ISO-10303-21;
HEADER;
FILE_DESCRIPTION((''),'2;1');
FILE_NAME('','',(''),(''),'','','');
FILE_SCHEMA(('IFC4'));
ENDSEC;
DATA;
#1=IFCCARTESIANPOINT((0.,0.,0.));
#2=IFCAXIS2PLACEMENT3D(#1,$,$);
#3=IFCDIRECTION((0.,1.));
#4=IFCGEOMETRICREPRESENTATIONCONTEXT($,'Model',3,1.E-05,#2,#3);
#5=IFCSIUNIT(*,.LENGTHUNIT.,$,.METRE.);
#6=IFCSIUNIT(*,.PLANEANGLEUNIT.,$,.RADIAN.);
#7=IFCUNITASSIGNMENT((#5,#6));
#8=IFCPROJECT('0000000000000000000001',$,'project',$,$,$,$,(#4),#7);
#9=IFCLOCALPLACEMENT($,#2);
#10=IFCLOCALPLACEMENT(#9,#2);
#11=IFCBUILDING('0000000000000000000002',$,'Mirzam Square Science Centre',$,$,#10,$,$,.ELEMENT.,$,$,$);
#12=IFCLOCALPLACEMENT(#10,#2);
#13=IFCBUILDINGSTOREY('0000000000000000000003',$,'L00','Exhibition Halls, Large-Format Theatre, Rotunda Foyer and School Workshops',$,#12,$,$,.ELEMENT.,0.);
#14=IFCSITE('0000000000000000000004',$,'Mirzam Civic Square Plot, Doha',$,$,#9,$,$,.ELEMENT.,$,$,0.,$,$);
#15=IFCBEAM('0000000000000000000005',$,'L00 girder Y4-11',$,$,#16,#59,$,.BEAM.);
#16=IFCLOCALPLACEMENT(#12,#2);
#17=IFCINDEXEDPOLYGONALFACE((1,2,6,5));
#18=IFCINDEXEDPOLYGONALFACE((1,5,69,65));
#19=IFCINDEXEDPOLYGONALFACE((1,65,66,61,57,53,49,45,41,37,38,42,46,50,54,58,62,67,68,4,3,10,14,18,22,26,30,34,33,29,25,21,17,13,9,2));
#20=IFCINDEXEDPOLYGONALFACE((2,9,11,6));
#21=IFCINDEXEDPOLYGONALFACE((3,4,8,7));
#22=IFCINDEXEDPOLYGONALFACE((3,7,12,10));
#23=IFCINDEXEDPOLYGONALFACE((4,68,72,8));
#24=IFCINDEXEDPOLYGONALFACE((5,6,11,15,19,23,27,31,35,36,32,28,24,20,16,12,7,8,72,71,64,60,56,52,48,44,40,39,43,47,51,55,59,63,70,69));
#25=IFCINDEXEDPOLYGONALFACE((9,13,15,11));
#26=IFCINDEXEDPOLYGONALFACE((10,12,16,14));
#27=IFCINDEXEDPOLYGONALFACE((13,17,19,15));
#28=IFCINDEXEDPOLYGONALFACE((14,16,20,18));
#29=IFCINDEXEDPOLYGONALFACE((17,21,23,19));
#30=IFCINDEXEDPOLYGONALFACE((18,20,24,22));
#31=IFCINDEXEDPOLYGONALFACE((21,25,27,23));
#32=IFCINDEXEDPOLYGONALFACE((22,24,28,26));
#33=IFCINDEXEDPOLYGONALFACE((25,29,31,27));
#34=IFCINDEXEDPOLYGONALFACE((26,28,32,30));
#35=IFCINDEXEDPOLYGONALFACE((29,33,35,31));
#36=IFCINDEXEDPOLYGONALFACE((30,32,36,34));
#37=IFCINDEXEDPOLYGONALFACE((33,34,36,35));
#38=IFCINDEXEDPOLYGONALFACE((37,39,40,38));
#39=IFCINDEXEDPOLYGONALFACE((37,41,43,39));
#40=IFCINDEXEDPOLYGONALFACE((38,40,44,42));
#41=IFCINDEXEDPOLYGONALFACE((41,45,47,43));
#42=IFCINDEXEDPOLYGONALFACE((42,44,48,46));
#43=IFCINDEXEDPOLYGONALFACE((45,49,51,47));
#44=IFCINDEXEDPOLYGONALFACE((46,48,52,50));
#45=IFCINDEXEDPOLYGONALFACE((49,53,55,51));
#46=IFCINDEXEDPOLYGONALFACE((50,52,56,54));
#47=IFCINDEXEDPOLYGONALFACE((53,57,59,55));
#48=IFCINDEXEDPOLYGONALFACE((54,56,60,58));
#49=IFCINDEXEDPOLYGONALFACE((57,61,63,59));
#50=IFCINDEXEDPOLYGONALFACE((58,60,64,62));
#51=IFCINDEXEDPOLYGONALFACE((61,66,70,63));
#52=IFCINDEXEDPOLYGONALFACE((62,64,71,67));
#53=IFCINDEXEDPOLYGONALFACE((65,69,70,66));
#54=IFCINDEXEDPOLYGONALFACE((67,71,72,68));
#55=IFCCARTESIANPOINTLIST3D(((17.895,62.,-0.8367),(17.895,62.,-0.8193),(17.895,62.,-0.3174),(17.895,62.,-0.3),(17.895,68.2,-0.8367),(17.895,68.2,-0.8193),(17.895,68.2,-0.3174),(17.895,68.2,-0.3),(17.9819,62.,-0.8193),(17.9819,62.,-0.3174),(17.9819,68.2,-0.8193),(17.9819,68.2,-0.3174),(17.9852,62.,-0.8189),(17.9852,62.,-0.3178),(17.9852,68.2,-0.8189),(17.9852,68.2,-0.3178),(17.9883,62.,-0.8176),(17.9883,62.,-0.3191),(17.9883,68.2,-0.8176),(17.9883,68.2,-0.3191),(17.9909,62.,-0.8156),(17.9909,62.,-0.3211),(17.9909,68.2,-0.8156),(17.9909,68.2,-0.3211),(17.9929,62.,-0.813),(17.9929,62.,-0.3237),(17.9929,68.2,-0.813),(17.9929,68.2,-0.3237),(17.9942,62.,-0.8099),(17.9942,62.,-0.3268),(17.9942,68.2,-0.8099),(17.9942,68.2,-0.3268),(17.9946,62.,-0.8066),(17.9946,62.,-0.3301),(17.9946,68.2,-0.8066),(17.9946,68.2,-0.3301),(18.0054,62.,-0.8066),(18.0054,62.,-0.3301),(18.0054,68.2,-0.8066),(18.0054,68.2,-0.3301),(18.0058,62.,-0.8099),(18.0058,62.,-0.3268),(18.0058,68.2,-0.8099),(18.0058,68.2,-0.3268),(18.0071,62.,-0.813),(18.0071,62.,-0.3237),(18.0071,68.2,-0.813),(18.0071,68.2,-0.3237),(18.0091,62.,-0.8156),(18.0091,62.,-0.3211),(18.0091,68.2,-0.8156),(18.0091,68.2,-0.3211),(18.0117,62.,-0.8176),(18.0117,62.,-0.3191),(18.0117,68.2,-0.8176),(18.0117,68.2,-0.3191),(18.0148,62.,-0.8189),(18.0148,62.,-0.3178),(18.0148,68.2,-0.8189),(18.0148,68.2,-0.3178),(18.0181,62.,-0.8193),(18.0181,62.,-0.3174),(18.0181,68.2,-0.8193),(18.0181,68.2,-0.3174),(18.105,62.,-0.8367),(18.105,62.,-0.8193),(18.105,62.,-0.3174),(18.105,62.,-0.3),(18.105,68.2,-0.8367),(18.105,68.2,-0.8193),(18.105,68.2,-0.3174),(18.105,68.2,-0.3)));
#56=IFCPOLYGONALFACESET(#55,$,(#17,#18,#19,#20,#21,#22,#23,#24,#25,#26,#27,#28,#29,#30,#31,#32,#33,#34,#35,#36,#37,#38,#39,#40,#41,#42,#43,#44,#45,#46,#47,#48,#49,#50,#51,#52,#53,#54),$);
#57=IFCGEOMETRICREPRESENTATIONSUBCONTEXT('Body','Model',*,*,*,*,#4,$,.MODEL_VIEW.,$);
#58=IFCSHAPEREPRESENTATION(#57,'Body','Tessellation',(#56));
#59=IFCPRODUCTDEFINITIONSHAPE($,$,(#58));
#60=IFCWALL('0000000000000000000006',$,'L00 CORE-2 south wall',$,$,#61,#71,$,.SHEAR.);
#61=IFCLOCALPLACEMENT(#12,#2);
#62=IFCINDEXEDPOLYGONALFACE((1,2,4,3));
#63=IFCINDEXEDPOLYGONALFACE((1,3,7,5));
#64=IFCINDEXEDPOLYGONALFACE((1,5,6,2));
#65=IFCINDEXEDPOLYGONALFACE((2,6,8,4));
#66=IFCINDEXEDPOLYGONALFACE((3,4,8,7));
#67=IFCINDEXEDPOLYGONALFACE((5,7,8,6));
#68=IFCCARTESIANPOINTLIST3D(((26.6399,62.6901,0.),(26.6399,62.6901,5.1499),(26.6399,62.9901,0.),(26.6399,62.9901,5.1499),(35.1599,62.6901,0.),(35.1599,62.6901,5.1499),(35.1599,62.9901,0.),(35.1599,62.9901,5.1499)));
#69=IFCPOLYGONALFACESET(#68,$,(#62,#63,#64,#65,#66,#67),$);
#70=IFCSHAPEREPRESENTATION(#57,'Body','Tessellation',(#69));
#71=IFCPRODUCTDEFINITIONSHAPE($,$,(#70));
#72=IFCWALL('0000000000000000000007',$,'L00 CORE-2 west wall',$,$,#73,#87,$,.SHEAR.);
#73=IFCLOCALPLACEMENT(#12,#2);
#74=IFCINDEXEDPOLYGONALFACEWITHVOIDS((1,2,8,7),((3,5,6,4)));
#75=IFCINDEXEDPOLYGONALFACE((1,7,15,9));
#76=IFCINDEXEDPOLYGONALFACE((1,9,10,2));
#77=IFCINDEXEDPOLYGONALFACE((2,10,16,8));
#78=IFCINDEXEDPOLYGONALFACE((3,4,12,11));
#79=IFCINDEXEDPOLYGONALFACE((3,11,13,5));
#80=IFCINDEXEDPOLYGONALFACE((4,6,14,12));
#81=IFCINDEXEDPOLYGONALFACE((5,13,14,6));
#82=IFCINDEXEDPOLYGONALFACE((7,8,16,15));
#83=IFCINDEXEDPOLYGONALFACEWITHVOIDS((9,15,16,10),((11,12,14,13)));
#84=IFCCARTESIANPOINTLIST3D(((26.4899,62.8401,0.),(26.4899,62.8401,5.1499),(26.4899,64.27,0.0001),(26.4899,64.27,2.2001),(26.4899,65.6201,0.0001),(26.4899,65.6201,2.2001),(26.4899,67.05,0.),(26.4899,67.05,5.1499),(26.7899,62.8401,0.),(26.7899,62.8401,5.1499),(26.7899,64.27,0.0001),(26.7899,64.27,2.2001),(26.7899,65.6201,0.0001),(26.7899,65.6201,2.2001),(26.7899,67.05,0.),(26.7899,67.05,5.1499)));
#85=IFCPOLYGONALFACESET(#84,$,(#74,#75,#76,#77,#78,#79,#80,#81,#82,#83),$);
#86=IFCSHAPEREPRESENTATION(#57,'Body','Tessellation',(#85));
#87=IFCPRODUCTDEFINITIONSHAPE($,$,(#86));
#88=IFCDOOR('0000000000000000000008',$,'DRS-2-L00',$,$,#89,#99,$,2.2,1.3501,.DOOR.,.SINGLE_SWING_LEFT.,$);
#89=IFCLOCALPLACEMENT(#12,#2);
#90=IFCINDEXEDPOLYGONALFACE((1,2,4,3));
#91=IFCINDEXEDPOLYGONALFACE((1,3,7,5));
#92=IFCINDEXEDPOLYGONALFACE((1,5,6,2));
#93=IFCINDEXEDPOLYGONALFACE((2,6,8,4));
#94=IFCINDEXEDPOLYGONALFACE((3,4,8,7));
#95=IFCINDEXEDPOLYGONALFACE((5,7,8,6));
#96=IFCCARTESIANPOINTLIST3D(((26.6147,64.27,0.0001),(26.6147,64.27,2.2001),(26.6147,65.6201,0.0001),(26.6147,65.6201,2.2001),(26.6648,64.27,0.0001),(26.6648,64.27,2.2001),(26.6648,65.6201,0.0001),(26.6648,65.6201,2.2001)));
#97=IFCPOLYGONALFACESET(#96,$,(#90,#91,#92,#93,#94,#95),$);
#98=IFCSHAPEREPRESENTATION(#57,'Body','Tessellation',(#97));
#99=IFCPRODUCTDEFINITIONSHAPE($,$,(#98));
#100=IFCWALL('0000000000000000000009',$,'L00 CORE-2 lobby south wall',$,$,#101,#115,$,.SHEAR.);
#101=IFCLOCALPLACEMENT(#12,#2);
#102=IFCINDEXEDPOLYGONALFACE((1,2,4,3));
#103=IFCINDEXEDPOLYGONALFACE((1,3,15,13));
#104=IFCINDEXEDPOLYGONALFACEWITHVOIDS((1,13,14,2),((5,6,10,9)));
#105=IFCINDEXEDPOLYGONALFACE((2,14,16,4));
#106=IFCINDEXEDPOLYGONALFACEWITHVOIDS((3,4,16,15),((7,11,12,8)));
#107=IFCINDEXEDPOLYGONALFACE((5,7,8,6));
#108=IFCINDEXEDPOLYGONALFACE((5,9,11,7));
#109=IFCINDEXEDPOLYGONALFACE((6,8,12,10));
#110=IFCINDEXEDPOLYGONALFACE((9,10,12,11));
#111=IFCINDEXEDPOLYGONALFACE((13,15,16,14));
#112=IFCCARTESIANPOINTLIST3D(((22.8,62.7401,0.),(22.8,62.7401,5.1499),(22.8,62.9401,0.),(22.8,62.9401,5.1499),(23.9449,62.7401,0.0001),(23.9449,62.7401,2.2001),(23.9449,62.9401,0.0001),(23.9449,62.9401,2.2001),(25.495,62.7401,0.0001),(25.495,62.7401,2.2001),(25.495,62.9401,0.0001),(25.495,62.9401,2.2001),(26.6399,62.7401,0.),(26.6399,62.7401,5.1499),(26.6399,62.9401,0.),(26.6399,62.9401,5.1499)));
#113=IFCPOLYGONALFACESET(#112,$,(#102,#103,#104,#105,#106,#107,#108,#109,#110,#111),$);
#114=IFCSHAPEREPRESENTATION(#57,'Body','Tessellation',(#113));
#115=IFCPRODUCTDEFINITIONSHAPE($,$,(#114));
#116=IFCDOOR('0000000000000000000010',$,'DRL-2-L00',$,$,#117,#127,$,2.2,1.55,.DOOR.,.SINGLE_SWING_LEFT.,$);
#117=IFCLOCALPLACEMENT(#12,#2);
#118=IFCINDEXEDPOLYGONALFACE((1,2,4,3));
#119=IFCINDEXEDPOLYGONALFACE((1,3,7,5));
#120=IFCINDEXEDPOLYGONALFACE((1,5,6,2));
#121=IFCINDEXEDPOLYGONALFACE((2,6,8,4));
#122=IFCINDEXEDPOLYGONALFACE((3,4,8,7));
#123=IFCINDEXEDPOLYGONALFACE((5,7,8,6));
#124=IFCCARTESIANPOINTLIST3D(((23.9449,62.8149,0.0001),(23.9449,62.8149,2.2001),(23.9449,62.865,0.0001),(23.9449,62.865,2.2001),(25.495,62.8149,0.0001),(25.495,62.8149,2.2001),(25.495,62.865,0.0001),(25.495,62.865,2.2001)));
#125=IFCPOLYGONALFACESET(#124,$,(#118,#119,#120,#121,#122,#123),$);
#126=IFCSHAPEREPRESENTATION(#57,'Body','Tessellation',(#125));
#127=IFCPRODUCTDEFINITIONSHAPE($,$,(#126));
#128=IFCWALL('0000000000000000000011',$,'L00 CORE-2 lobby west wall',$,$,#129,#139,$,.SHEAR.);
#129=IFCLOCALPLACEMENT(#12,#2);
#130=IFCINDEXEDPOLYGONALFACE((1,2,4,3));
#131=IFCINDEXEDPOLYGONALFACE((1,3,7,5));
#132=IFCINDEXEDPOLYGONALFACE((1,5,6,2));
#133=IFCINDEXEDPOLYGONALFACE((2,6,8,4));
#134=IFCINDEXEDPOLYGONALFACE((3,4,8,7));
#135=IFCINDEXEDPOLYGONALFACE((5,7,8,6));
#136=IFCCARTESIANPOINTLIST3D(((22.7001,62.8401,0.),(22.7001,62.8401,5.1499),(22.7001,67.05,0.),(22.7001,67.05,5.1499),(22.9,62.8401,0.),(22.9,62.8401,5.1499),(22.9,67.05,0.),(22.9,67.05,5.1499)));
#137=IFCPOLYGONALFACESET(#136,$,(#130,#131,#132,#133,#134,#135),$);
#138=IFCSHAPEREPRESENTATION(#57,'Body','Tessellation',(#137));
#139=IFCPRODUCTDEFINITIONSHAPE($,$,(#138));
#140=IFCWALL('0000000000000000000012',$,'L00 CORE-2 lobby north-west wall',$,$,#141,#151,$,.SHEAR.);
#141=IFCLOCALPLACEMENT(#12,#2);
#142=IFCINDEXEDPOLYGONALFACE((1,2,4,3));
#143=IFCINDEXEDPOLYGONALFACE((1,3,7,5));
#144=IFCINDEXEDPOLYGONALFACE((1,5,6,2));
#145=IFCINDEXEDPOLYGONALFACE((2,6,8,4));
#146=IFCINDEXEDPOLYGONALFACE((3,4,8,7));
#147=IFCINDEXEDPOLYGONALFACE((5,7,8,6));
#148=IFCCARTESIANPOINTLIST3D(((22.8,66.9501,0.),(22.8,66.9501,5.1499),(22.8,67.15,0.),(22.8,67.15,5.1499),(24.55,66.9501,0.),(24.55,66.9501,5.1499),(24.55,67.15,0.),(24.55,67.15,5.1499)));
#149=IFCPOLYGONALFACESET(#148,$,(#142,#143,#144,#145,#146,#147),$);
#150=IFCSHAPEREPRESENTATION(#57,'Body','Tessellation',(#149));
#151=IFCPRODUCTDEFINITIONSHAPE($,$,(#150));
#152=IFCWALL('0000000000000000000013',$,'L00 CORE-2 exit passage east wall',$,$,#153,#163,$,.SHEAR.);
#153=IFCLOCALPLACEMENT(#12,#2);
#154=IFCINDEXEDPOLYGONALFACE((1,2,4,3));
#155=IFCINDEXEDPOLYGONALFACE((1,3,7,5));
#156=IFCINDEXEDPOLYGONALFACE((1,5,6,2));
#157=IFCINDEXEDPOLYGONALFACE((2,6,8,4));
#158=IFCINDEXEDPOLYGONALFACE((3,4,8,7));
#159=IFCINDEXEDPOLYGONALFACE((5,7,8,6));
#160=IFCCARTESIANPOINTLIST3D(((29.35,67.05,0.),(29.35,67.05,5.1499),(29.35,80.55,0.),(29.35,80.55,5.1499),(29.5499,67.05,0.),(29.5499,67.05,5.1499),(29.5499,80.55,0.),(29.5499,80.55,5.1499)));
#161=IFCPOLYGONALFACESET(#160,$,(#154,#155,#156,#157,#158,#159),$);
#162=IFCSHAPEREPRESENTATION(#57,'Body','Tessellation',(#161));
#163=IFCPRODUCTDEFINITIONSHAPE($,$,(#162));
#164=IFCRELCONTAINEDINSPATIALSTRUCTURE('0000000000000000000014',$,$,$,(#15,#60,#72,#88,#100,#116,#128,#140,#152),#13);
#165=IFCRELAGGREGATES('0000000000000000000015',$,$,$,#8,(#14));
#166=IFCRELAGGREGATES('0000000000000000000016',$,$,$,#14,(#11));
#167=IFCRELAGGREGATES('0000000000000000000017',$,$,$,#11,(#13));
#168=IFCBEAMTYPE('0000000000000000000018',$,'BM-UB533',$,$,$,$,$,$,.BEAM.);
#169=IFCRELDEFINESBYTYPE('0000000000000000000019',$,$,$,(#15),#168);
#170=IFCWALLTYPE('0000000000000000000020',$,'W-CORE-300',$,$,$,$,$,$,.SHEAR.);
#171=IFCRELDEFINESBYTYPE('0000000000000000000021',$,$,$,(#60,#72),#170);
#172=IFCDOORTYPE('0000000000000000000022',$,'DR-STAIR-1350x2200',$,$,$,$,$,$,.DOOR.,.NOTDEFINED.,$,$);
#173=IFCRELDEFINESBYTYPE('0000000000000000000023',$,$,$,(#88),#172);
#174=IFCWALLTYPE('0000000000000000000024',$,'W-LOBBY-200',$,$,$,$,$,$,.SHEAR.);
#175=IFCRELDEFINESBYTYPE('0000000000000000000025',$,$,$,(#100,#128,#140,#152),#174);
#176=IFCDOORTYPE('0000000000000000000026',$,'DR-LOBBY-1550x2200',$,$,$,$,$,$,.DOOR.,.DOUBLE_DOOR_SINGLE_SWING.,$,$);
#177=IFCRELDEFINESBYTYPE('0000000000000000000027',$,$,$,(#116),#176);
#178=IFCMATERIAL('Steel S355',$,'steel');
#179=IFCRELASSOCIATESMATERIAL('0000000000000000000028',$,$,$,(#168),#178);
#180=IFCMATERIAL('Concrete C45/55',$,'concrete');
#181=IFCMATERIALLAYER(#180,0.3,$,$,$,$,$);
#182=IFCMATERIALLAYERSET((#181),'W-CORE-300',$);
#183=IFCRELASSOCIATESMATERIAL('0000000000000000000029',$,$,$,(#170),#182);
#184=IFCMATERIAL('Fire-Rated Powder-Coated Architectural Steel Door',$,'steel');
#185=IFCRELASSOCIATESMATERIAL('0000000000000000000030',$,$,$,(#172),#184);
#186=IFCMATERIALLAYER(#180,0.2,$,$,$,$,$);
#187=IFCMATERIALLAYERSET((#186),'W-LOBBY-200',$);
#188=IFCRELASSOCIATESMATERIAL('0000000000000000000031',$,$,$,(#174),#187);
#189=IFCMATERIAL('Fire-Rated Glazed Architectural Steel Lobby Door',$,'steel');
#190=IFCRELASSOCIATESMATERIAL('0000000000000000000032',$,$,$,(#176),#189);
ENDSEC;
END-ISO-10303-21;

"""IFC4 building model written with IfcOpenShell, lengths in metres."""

from ifc_helpers import new_model, si_unit, direction, frame, frame_2d, origin, origin_2d, place, context, subcontext, project, spatial, rectangle, i_section, extrude, material, layer, layer_set, material_profile, profile_set, type_object, element, fill, save


model = new_model("IFC4")

# Units and contexts
model_context = context("Model", 3, precision=1e-05, world=origin(), true_north=direction((0.0, 1.0)))
body_context = subcontext(model_context, "Body", "Model", "MODEL_VIEW")
ifc_project = project(units=[si_unit("LENGTHUNIT", "METRE"), si_unit("PLANEANGLEUNIT", "RADIAN")], contexts=[model_context])

# Site, building, storey
site_placement = place(None, origin())
site = spatial("IfcSite", under=ifc_project, at=site_placement, Name="Mirzam Civic Square Plot, Doha", CompositionType="ELEMENT", RefElevation=0.0)
building_placement = place(site_placement, origin())
building = spatial("IfcBuilding", under=site, at=building_placement, Name="Mirzam Square Science Centre", CompositionType="ELEMENT")
storey_placement = place(building_placement, origin())
storey = spatial("IfcBuildingStorey", under=building, at=storey_placement, Name="L00", Description="Exhibition Halls, Large-Format Theatre, Rotunda Foyer and School Workshops", CompositionType="ELEMENT", Elevation=0.0)

# Shared definitions
ifc_material_1 = material(Name="Steel S355", Category="steel")

# Beam
ifc_material_profile_1 = material_profile(ifc_material_1, i_section(OverallWidth=0.21, OverallDepth=0.5366, WebThickness=0.0107, FlangeThickness=0.0173, FilletRadius=0.0127, at=origin_2d()), Name="533x210x101UB")
ifc_profile_set_1 = profile_set([ifc_material_profile_1], Name="Steel S355")
beam_type_1 = type_object("IfcBeamType", Name="BM-UB533", PredefinedType="BEAM", material=ifc_profile_set_1)
beam_1_placement = place(storey_placement, frame((18.0, 62.0, -0.5684), z_axis=(0.0, 1.0, 0.0), x_axis=(-1.0, 0.0, 0.0)))
element("IfcBeam", 1, at=beam_1_placement, inside=storey, type_object=beam_type_1, Name="L00 girder Y4-11", PredefinedType="BEAM", context=body_context, shape_type="SweptSolid", body=[
    extrude(i_section(OverallWidth=0.21, OverallDepth=0.5366, WebThickness=0.0107, FlangeThickness=0.0173, FilletRadius=0.0127, at=origin_2d()), origin(), (0.0, 0.0, 1.0), 6.2),
])

# Wall
ifc_material_2 = material(Name="Concrete C45/55", Category="concrete")
ifc_layer_1 = layer(ifc_material_2, 0.3)
ifc_layer_set_1 = layer_set([ifc_layer_1], Name="W-CORE-300")
wall_type_1 = type_object("IfcWallType", Name="W-CORE-300", PredefinedType="SHEAR", material=ifc_layer_set_1)
wall_1_placement = place(storey_placement, frame((26.6399, 62.8401, 0.0), z_axis=(0.0, 0.0, 1.0), x_axis=(1.0, 0.0, 0.0)))
element("IfcWall", 2, at=wall_1_placement, inside=storey, type_object=wall_type_1, Name="L00 CORE-2 south wall", PredefinedType="SHEAR", context=body_context, shape_type="SweptSolid", body=[
    extrude(rectangle(XDim=8.52, YDim=0.3, at=frame_2d((4.26, 0.0))), origin(), (0.0, 0.0, 1.0), 5.1499),
])

# Walls, openings, doors
wall_2_placement = place(storey_placement, frame((26.6399, 67.05, 0.0), z_axis=(0.0, 0.0, 1.0), x_axis=(0.0, -1.0, 0.0)))
wall_2 = element("IfcWall", 3, at=wall_2_placement, inside=storey, type_object=wall_type_1, Name="L00 CORE-2 west wall", PredefinedType="SHEAR", context=body_context, shape_type="SweptSolid", body=[
    extrude(rectangle(XDim=4.21, YDim=0.3, at=frame_2d((2.105, 0.0))), origin(), (0.0, 0.0, 1.0), 5.1499),
])
opening_1_placement = place(wall_2_placement, frame((1.4299, 0.0, 0.0)))
opening_1 = element("IfcOpeningElement", 4, at=opening_1_placement, cuts=wall_2, PredefinedType="OPENING", context=body_context, shape_type="SweptSolid", body=[
    extrude(rectangle(XDim=1.3501, YDim=2.2, at=frame_2d((0.675, 1.1001))), frame((0.0, 0.1599, 0.0), z_axis=(0.0, -1.0, 0.0), x_axis=(1.0, 0.0, 0.0)), (0.0, 0.0, 1.0), 0.3201),
])
ifc_material_3 = material(Name="Fire-Rated Powder-Coated Architectural Steel Door", Category="steel")
door_type_1 = type_object("IfcDoorType", Name="DR-STAIR-1350x2200", OperationType="NOTDEFINED", PredefinedType="DOOR", material=ifc_material_3)
door_1_placement = place(opening_1_placement, origin())
door_1 = element("IfcDoor", 5, at=door_1_placement, inside=storey, type_object=door_type_1, Name="DRS-2-L00", OperationType="SINGLE_SWING_LEFT", OverallHeight=2.2, OverallWidth=1.3501, PredefinedType="DOOR", context=body_context, shape_type="SweptSolid", body=[
    extrude(rectangle(XDim=1.3501, YDim=2.2, at=frame_2d((0.675, 1.1001))), frame((0.0, 0.0249, 0.0), z_axis=(0.0, -1.0, 0.0), x_axis=(1.0, 0.0, 0.0)), (0.0, 0.0, 1.0), 0.05),
])
fill(opening_1, door_1)
ifc_layer_2 = layer(ifc_material_2, 0.2)
ifc_layer_set_2 = layer_set([ifc_layer_2], Name="W-LOBBY-200")
wall_type_2 = type_object("IfcWallType", Name="W-LOBBY-200", PredefinedType="SHEAR", material=ifc_layer_set_2)
wall_3_placement = place(storey_placement, frame((22.8, 62.8401, 0.0), z_axis=(0.0, 0.0, 1.0), x_axis=(1.0, 0.0, 0.0)))
wall_3 = element("IfcWall", 6, at=wall_3_placement, inside=storey, type_object=wall_type_2, Name="L00 CORE-2 lobby south wall", PredefinedType="SHEAR", context=body_context, shape_type="SweptSolid", body=[
    extrude(rectangle(XDim=3.8398, YDim=0.2, at=frame_2d((1.9199, 0.0))), origin(), (0.0, 0.0, 1.0), 5.1499),
])
opening_2_placement = place(wall_3_placement, frame((1.145, 0.0, 0.0)))
opening_2 = element("IfcOpeningElement", 7, at=opening_2_placement, cuts=wall_3, PredefinedType="OPENING", context=body_context, shape_type="SweptSolid", body=[
    extrude(rectangle(XDim=1.55, YDim=2.2, at=frame_2d((0.7749, 1.1001))), frame((0.0, 0.1099, 0.0), z_axis=(0.0, -1.0, 0.0), x_axis=(1.0, 0.0, 0.0)), (0.0, 0.0, 1.0), 0.22),
])
ifc_material_4 = material(Name="Fire-Rated Glazed Architectural Steel Lobby Door", Category="steel")
door_type_2 = type_object("IfcDoorType", Name="DR-LOBBY-1550x2200", OperationType="DOUBLE_DOOR_SINGLE_SWING", PredefinedType="DOOR", material=ifc_material_4)
door_2_placement = place(opening_2_placement, origin())
door_2 = element("IfcDoor", 8, at=door_2_placement, inside=storey, type_object=door_type_2, Name="DRL-2-L00", OperationType="SINGLE_SWING_LEFT", OverallHeight=2.2, OverallWidth=1.55, PredefinedType="DOOR", context=body_context, shape_type="SweptSolid", body=[
    extrude(rectangle(XDim=1.55, YDim=2.2, at=frame_2d((0.7749, 1.1001))), frame((0.0, 0.0249, 0.0), z_axis=(0.0, -1.0, 0.0), x_axis=(1.0, 0.0, 0.0)), (0.0, 0.0, 1.0), 0.05),
])
fill(opening_2, door_2)

# Walls
wall_4_placement = place(storey_placement, frame((22.8, 67.05, 0.0), z_axis=(0.0, 0.0, 1.0), x_axis=(0.0, -1.0, 0.0)))
element("IfcWall", 9, at=wall_4_placement, inside=storey, type_object=wall_type_2, Name="L00 CORE-2 lobby west wall", PredefinedType="SHEAR", context=body_context, shape_type="SweptSolid", body=[
    extrude(rectangle(XDim=4.21, YDim=0.2, at=frame_2d((2.105, 0.0))), origin(), (0.0, 0.0, 1.0), 5.1499),
])
wall_5_placement = place(storey_placement, frame((24.55, 67.05, 0.0), z_axis=(0.0, 0.0, 1.0), x_axis=(-1.0, 0.0, 0.0)))
element("IfcWall", 10, at=wall_5_placement, inside=storey, type_object=wall_type_2, Name="L00 CORE-2 lobby north-west wall", PredefinedType="SHEAR", context=body_context, shape_type="SweptSolid", body=[
    extrude(rectangle(XDim=1.75, YDim=0.2, at=frame_2d((0.875, 0.0))), origin(), (0.0, 0.0, 1.0), 5.1499),
])
wall_6_placement = place(storey_placement, frame((29.45, 67.05, 0.0), z_axis=(0.0, 0.0, 1.0), x_axis=(0.0, 1.0, 0.0)))
element("IfcWall", 11, at=wall_6_placement, inside=storey, type_object=wall_type_2, Name="L00 CORE-2 exit passage east wall", PredefinedType="SHEAR", context=body_context, shape_type="SweptSolid", body=[
    extrude(rectangle(XDim=13.5, YDim=0.2, at=frame_2d((6.75, 0.0))), origin(), (0.0, 0.0, 1.0), 5.1499),
])

save(model, "model.ifc")
